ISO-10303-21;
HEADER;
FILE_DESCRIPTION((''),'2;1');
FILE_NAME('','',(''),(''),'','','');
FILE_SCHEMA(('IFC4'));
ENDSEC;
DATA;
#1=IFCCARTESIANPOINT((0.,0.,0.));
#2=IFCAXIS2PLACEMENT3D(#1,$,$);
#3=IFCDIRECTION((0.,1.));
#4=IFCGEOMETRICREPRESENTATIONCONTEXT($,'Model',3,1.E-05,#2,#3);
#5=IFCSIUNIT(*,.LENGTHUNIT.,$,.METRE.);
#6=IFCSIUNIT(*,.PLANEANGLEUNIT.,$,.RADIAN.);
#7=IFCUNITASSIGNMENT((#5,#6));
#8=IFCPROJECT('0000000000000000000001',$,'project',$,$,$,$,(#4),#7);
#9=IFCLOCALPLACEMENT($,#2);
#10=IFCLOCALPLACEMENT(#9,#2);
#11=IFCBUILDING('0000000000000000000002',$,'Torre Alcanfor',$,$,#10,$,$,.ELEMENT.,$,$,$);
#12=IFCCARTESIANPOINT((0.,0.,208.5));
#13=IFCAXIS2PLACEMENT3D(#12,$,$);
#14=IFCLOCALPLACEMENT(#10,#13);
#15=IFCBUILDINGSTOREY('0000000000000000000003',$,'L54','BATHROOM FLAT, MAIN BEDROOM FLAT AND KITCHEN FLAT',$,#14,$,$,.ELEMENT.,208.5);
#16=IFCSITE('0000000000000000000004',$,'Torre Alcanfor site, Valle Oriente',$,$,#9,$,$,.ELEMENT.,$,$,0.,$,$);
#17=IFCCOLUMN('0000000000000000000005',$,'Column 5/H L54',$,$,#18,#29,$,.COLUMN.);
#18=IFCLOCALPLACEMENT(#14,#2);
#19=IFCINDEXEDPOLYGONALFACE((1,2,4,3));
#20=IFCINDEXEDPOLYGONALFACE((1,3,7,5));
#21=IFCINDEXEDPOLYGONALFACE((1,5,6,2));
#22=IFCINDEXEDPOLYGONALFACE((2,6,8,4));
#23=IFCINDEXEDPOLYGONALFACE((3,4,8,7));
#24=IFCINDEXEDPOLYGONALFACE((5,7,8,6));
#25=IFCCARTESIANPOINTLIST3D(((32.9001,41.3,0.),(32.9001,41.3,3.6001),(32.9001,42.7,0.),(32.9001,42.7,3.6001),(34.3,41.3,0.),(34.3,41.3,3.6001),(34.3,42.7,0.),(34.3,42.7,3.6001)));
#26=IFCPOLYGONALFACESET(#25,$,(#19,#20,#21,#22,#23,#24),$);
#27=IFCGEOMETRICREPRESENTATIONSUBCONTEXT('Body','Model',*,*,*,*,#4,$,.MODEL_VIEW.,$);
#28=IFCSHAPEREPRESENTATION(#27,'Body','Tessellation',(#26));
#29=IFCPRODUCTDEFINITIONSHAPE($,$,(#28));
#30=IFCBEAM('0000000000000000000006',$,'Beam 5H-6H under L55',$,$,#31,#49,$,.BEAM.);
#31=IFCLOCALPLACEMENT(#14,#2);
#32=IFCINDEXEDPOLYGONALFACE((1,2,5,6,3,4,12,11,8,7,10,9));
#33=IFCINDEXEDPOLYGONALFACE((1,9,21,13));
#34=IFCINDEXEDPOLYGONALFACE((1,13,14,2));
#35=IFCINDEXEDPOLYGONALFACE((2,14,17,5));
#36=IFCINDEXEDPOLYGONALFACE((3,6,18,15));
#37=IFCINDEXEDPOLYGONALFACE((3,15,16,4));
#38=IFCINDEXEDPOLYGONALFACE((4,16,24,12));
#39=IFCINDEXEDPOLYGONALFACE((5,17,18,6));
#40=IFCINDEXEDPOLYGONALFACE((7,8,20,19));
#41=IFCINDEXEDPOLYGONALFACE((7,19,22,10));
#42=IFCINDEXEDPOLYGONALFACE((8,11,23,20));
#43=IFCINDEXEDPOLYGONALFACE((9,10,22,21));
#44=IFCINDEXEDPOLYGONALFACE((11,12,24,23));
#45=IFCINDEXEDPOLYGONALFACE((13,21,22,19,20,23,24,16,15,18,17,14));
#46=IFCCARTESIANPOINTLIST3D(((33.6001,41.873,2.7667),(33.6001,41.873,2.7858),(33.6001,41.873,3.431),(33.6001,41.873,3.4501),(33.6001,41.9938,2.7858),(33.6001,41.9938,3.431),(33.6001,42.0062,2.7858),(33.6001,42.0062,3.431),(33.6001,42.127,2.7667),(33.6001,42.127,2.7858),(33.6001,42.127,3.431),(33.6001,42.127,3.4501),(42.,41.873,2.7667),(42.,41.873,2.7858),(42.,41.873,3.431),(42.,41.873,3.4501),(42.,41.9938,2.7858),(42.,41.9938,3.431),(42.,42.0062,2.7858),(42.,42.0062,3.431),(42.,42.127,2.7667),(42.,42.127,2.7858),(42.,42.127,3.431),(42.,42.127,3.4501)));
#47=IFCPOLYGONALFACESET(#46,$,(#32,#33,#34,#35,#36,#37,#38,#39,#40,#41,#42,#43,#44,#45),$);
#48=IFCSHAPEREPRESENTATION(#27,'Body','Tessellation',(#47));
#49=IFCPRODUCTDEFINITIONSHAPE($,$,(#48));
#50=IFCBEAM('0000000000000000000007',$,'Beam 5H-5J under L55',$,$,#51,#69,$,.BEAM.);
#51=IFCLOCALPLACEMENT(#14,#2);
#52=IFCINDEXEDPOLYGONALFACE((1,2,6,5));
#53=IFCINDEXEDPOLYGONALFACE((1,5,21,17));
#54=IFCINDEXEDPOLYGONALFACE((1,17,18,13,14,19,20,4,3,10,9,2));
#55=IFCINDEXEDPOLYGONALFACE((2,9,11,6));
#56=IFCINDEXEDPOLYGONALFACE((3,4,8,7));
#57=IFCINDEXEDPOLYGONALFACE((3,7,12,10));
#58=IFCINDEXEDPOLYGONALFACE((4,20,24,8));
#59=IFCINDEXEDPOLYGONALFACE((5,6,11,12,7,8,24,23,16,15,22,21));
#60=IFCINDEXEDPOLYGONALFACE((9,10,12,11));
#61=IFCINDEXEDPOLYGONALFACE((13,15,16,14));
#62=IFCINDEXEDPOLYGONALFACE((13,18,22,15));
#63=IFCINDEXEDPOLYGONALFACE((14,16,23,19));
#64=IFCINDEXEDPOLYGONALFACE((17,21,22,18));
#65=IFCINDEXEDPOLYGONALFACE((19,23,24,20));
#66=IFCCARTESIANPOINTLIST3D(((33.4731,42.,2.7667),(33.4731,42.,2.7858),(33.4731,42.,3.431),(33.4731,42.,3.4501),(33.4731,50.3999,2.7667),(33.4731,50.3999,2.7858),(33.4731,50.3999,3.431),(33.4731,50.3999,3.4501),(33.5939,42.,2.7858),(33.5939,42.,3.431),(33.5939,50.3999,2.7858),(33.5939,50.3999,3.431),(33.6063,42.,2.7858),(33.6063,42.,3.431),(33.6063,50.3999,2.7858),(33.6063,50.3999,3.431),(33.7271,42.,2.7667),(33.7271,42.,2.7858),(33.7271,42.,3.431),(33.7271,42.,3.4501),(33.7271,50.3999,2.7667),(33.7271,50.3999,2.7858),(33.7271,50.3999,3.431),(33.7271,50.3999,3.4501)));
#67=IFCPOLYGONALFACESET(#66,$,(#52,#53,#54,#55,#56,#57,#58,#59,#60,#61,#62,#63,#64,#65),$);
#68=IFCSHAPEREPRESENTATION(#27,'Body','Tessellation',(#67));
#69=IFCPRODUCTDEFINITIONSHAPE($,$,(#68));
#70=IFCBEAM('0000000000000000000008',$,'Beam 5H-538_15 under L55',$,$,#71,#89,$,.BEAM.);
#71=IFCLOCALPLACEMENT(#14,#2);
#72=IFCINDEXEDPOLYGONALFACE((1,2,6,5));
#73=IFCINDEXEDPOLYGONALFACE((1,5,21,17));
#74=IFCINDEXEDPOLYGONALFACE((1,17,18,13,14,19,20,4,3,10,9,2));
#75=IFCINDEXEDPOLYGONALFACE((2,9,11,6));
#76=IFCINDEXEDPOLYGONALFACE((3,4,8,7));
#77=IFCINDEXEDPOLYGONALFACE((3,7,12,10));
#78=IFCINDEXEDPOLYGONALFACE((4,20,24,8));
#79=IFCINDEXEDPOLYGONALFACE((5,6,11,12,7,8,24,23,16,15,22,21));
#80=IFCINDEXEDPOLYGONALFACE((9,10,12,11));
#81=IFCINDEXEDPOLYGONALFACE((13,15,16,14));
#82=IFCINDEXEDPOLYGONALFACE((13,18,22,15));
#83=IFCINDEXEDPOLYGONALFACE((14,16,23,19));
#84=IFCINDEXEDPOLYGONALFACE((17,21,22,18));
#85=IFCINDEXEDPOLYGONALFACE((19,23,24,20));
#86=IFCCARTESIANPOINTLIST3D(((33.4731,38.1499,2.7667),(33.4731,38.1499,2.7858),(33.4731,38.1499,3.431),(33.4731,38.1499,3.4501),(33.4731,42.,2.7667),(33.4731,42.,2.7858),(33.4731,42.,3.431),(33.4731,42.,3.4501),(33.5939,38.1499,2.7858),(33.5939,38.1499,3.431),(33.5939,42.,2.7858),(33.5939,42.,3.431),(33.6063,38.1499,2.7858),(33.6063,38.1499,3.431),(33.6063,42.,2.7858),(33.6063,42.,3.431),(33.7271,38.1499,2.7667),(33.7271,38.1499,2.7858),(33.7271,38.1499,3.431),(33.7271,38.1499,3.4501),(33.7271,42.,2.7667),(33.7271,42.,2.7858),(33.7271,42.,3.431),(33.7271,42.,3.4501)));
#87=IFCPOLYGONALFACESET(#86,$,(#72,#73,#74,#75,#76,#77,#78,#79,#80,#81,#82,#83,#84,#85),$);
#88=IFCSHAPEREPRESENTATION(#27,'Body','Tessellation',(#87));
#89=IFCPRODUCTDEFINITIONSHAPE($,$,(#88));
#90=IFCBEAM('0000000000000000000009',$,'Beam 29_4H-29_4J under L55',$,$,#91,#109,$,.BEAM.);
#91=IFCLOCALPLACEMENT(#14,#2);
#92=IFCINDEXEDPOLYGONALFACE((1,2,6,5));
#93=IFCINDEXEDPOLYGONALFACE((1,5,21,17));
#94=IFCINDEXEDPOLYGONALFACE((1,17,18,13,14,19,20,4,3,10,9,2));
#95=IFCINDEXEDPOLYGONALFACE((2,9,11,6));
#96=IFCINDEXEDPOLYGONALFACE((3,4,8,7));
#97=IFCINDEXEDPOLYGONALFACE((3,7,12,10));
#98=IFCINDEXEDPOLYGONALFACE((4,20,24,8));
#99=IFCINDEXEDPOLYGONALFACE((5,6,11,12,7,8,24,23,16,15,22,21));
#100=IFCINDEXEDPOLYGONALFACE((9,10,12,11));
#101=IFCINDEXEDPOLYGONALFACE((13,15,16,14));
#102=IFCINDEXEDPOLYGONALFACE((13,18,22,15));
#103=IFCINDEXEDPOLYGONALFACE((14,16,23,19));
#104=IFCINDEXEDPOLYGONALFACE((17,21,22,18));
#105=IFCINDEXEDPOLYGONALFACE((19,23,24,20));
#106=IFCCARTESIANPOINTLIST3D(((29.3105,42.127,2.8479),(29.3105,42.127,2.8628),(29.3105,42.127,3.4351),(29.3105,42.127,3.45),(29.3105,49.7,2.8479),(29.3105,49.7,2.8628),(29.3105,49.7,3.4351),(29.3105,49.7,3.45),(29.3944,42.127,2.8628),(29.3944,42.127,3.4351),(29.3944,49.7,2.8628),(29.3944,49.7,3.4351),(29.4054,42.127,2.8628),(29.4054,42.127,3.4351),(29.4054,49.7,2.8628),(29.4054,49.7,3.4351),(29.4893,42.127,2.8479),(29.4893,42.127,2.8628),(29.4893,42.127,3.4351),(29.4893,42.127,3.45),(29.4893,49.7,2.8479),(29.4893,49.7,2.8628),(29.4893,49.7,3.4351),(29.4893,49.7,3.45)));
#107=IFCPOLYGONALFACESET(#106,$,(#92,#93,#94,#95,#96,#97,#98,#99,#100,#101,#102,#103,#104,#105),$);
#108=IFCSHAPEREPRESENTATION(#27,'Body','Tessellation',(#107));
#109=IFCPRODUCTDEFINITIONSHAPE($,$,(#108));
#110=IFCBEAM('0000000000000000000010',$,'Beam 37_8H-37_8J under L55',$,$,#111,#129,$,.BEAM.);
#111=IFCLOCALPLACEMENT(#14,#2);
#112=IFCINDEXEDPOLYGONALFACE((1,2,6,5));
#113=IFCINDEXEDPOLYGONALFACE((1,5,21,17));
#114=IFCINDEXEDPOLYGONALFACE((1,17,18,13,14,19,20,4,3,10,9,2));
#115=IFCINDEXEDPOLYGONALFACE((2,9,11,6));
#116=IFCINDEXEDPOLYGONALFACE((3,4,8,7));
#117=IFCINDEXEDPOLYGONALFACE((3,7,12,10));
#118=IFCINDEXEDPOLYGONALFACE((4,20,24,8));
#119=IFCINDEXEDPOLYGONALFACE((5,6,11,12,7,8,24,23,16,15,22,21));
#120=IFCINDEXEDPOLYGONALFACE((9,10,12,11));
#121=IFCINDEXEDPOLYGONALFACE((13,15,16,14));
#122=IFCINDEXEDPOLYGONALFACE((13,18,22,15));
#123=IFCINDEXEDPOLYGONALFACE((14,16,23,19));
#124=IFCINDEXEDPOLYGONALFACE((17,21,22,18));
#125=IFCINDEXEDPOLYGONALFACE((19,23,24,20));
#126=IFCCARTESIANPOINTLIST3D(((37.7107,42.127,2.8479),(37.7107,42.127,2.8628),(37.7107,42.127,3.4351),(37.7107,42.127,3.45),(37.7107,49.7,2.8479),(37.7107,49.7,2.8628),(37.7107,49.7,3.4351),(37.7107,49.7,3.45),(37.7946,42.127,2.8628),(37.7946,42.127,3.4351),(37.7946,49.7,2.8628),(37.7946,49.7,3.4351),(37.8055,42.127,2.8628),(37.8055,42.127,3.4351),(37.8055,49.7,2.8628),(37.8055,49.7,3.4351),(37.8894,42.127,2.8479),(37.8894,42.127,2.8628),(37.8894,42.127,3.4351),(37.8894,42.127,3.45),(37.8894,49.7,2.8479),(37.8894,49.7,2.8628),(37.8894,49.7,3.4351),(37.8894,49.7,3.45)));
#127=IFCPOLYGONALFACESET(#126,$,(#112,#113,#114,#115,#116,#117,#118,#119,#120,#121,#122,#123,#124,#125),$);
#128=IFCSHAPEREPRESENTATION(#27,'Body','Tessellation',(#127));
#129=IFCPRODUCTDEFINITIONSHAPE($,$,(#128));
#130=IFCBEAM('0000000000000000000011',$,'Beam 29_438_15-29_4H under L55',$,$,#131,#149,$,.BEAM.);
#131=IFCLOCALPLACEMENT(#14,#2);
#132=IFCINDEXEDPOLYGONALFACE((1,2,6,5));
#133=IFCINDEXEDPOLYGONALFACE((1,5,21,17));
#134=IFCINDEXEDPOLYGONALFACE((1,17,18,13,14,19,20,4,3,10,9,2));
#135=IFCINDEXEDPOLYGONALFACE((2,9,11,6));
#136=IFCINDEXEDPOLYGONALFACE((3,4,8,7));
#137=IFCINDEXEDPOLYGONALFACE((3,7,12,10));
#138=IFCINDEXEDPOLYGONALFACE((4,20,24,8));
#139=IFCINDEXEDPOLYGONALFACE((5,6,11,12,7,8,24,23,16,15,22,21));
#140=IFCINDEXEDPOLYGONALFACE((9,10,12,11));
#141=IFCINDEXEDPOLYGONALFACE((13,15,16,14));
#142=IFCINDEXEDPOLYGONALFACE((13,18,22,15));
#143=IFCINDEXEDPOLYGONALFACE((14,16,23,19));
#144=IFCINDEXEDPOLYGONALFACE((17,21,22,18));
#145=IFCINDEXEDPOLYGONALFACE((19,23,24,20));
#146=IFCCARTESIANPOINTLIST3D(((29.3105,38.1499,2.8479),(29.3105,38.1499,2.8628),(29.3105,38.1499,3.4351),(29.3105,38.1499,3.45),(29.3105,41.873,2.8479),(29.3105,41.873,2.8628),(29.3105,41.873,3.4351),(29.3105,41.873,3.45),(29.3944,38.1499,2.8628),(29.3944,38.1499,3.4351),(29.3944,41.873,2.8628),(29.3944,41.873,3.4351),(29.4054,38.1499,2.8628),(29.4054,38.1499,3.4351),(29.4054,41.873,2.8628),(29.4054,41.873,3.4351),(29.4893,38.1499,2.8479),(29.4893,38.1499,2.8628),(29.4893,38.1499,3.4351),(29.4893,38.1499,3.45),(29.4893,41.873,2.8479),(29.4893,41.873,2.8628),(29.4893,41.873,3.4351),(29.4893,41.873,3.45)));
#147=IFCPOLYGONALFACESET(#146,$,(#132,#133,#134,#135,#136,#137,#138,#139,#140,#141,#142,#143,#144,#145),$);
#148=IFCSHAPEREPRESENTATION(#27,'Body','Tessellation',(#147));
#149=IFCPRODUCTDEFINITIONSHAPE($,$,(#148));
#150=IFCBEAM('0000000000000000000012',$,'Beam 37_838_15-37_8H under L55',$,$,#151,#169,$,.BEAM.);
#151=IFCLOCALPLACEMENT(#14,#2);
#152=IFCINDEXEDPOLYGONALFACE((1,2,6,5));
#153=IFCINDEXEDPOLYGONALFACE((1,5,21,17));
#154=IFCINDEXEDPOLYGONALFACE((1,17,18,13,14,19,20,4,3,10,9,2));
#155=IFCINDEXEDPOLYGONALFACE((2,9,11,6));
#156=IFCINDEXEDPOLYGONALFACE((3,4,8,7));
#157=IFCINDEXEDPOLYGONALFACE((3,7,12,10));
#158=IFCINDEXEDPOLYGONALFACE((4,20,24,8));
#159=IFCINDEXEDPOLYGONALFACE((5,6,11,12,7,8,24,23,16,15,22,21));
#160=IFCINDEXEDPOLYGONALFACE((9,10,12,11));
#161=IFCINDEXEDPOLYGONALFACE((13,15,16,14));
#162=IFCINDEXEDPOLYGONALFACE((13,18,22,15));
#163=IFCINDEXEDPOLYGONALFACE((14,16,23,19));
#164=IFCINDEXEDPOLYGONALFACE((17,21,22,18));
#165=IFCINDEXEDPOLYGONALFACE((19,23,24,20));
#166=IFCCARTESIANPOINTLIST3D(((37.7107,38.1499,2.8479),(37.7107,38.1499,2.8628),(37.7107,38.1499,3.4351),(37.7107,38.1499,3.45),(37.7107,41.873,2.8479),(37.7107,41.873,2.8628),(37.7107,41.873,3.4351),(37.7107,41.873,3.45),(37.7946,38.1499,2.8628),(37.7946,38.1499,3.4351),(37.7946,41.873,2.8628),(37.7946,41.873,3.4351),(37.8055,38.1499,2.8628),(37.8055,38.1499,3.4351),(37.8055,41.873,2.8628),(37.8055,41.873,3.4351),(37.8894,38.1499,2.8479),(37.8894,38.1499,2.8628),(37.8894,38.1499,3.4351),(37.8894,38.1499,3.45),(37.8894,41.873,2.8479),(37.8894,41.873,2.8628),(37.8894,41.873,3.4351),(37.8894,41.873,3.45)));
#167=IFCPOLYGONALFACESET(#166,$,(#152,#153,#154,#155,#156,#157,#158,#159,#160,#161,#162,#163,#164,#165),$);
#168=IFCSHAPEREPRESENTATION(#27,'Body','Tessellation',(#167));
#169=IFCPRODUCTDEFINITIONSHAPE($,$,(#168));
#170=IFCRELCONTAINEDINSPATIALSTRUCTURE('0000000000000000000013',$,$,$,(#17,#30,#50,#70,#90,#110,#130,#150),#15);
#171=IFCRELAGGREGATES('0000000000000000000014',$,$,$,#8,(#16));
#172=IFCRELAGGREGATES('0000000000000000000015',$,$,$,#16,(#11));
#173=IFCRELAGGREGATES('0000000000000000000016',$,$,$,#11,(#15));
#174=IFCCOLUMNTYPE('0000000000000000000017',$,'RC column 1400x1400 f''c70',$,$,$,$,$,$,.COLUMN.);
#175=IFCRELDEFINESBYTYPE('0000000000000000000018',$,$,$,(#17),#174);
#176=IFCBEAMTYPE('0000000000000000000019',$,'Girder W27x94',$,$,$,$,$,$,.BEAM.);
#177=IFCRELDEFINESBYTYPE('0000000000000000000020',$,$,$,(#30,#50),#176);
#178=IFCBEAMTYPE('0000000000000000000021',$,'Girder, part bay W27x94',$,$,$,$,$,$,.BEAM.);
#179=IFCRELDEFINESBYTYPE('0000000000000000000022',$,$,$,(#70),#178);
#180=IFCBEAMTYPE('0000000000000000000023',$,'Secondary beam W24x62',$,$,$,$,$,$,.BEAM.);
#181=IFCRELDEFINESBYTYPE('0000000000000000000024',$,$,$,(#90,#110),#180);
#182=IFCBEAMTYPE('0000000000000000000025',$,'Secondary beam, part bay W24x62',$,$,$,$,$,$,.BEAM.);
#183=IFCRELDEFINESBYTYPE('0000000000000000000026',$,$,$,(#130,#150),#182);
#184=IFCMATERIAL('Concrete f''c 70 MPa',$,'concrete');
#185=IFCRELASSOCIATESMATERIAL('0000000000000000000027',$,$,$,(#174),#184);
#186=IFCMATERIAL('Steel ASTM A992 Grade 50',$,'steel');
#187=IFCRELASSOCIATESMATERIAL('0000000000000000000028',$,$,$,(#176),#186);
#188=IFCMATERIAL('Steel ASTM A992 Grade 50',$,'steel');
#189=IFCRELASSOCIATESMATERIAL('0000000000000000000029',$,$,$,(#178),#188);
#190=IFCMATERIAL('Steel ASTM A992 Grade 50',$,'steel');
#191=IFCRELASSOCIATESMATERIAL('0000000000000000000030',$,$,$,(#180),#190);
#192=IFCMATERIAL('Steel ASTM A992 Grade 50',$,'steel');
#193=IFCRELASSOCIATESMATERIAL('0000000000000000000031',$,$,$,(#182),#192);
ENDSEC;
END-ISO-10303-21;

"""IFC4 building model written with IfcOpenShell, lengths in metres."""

from ifc_helpers import new_model, si_unit, direction, frame, origin, origin_2d, place, context, subcontext, project, spatial, rectangle, i_section, extrude, material, material_profile, profile_set, type_object, element, save


model = new_model("IFC4")

# Units and contexts
model_context = context("Model", 3, precision=1e-05, world=origin(), true_north=direction((0.0, 1.0)))
body_context = subcontext(model_context, "Body", "Model", "MODEL_VIEW")
ifc_project = project(units=[si_unit("LENGTHUNIT", "METRE"), si_unit("PLANEANGLEUNIT", "RADIAN")], contexts=[model_context])

# Site, building, storey
site_placement = place(None, origin())
site = spatial("IfcSite", under=ifc_project, at=site_placement, Name="Torre Alcanfor site, Valle Oriente", CompositionType="ELEMENT", RefElevation=0.0)
building_placement = place(site_placement, origin())
building = spatial("IfcBuilding", under=site, at=building_placement, Name="Torre Alcanfor", CompositionType="ELEMENT")
storey_placement = place(building_placement, frame((0.0, 0.0, 208.5)))
storey = spatial("IfcBuildingStorey", under=building, at=storey_placement, Name="L54", Description="BATHROOM FLAT, MAIN BEDROOM FLAT AND KITCHEN FLAT", CompositionType="ELEMENT", Elevation=208.5)

# Column
ifc_material_1 = material(Name="Concrete f'c 70 MPa", Category="concrete")
ifc_material_profile_1 = material_profile(ifc_material_1, rectangle(XDim=1.3999, YDim=1.3999, at=origin_2d()), Name="1400x1400")
ifc_profile_set_1 = profile_set([ifc_material_profile_1], Name="Concrete f'c 70 MPa")
column_type = type_object("IfcColumnType", Name="RC column 1400x1400 f'c70", PredefinedType="COLUMN", material=ifc_profile_set_1)
column_placement = place(storey_placement, frame((33.6001, 42.0, 0.0), z_axis=(0.0, 0.0, 1.0), x_axis=(1.0, 0.0, 0.0)))
element("IfcColumn", 1, at=column_placement, inside=storey, type_object=column_type, Name="Column 5/H L54", PredefinedType="COLUMN", context=body_context, shape_type="SweptSolid", body=[
    extrude(rectangle(XDim=1.3999, YDim=1.3999, at=origin_2d()), origin(), (0.0, 0.0, 1.0), 3.6001),
])

# Beams
ifc_material_2 = material(Name="Steel ASTM A992 Grade 50", Category="steel")
ifc_material_profile_2 = material_profile(ifc_material_2, i_section(OverallWidth=0.2539, OverallDepth=0.6833, WebThickness=0.0125, FlangeThickness=0.019, at=origin_2d()), Name="W27x94")
ifc_profile_set_2 = profile_set([ifc_material_profile_2], Name="Steel ASTM A992 Grade 50")
beam_type_1 = type_object("IfcBeamType", Name="Girder W27x94", PredefinedType="BEAM", material=ifc_profile_set_2)
for number, where, z_axis, x_axis, name in (
    (2, (33.6001, 42.0, 3.1084), (1.0, 0.0, 0.0), (0.0, 1.0, 0.0), "Beam 5H-6H under L55"),
    (3, (33.6001, 42.0, 3.1084), (0.0, 1.0, 0.0), (-1.0, 0.0, 0.0), "Beam 5H-5J under L55"),
):
    element("IfcBeam", number, at=place(storey_placement, frame(where, z_axis=z_axis, x_axis=x_axis)), inside=storey, type_object=beam_type_1, Name=name, PredefinedType="BEAM", context=body_context, shape_type="SweptSolid", body=[
        extrude(i_section(OverallWidth=0.2539, OverallDepth=0.6833, WebThickness=0.0125, FlangeThickness=0.019, at=origin_2d()), origin(), (0.0, 0.0, 1.0), 8.3999),
    ])
ifc_material_3 = material(Name="Steel ASTM A992 Grade 50", Category="steel")
ifc_material_profile_3 = material_profile(ifc_material_3, i_section(OverallWidth=0.2539, OverallDepth=0.6833, WebThickness=0.0125, FlangeThickness=0.019, at=origin_2d()), Name="W27x94")
ifc_profile_set_3 = profile_set([ifc_material_profile_3], Name="Steel ASTM A992 Grade 50")
beam_type_2 = type_object("IfcBeamType", Name="Girder, part bay W27x94", PredefinedType="BEAM", material=ifc_profile_set_3)
beam_1_placement = place(storey_placement, frame((33.6001, 42.0, 3.1084), z_axis=(0.0, -1.0, 0.0), x_axis=(1.0, 0.0, 0.0)))
element("IfcBeam", 4, at=beam_1_placement, inside=storey, type_object=beam_type_2, Name="Beam 5H-538_15 under L55", PredefinedType="BEAM", context=body_context, shape_type="SweptSolid", body=[
    extrude(i_section(OverallWidth=0.2539, OverallDepth=0.6833, WebThickness=0.0125, FlangeThickness=0.019, at=origin_2d()), origin(), (0.0, 0.0, 1.0), 3.8501),
])
ifc_material_4 = material(Name="Steel ASTM A992 Grade 50", Category="steel")
ifc_material_profile_4 = material_profile(ifc_material_4, i_section(OverallWidth=0.1787, OverallDepth=0.6021, WebThickness=0.011, FlangeThickness=0.0149, at=origin_2d()), Name="W24x62")
ifc_profile_set_4 = profile_set([ifc_material_profile_4], Name="Steel ASTM A992 Grade 50")
beam_type_3 = type_object("IfcBeamType", Name="Secondary beam W24x62", PredefinedType="BEAM", material=ifc_profile_set_4)
for number, where, z_axis, x_axis, name in (
    (5, (29.3999, 42.127, 3.1489), (0.0, 1.0, 0.0), (-1.0, 0.0, 0.0), "Beam 29_4H-29_4J under L55"),
    (6, (37.8, 42.127, 3.1489), (0.0, 1.0, 0.0), (-1.0, 0.0, 0.0), "Beam 37_8H-37_8J under L55"),
):
    element("IfcBeam", number, at=place(storey_placement, frame(where, z_axis=z_axis, x_axis=x_axis)), inside=storey, type_object=beam_type_3, Name=name, PredefinedType="BEAM", context=body_context, shape_type="SweptSolid", body=[
        extrude(i_section(OverallWidth=0.1787, OverallDepth=0.6021, WebThickness=0.011, FlangeThickness=0.0149, at=origin_2d()), origin(), (0.0, 0.0, 1.0), 7.573),
    ])
ifc_material_5 = material(Name="Steel ASTM A992 Grade 50", Category="steel")
ifc_material_profile_5 = material_profile(ifc_material_5, i_section(OverallWidth=0.1787, OverallDepth=0.6021, WebThickness=0.011, FlangeThickness=0.0149, at=origin_2d()), Name="W24x62")
ifc_profile_set_5 = profile_set([ifc_material_profile_5], Name="Steel ASTM A992 Grade 50")
beam_type_4 = type_object("IfcBeamType", Name="Secondary beam, part bay W24x62", PredefinedType="BEAM", material=ifc_profile_set_5)
for number, where, z_axis, x_axis, name in (
    (7, (29.3999, 38.1499, 3.1489), (0.0, 1.0, 0.0), (-1.0, 0.0, 0.0), "Beam 29_438_15-29_4H under L55"),
    (8, (37.8, 38.1499, 3.1489), (0.0, 1.0, 0.0), (-1.0, 0.0, 0.0), "Beam 37_838_15-37_8H under L55"),
):
    element("IfcBeam", number, at=place(storey_placement, frame(where, z_axis=z_axis, x_axis=x_axis)), inside=storey, type_object=beam_type_4, Name=name, PredefinedType="BEAM", context=body_context, shape_type="SweptSolid", body=[
        extrude(i_section(OverallWidth=0.1787, OverallDepth=0.6021, WebThickness=0.011, FlangeThickness=0.0149, at=origin_2d()), origin(), (0.0, 0.0, 1.0), 3.7231),
    ])

save(model, "model.ifc")
